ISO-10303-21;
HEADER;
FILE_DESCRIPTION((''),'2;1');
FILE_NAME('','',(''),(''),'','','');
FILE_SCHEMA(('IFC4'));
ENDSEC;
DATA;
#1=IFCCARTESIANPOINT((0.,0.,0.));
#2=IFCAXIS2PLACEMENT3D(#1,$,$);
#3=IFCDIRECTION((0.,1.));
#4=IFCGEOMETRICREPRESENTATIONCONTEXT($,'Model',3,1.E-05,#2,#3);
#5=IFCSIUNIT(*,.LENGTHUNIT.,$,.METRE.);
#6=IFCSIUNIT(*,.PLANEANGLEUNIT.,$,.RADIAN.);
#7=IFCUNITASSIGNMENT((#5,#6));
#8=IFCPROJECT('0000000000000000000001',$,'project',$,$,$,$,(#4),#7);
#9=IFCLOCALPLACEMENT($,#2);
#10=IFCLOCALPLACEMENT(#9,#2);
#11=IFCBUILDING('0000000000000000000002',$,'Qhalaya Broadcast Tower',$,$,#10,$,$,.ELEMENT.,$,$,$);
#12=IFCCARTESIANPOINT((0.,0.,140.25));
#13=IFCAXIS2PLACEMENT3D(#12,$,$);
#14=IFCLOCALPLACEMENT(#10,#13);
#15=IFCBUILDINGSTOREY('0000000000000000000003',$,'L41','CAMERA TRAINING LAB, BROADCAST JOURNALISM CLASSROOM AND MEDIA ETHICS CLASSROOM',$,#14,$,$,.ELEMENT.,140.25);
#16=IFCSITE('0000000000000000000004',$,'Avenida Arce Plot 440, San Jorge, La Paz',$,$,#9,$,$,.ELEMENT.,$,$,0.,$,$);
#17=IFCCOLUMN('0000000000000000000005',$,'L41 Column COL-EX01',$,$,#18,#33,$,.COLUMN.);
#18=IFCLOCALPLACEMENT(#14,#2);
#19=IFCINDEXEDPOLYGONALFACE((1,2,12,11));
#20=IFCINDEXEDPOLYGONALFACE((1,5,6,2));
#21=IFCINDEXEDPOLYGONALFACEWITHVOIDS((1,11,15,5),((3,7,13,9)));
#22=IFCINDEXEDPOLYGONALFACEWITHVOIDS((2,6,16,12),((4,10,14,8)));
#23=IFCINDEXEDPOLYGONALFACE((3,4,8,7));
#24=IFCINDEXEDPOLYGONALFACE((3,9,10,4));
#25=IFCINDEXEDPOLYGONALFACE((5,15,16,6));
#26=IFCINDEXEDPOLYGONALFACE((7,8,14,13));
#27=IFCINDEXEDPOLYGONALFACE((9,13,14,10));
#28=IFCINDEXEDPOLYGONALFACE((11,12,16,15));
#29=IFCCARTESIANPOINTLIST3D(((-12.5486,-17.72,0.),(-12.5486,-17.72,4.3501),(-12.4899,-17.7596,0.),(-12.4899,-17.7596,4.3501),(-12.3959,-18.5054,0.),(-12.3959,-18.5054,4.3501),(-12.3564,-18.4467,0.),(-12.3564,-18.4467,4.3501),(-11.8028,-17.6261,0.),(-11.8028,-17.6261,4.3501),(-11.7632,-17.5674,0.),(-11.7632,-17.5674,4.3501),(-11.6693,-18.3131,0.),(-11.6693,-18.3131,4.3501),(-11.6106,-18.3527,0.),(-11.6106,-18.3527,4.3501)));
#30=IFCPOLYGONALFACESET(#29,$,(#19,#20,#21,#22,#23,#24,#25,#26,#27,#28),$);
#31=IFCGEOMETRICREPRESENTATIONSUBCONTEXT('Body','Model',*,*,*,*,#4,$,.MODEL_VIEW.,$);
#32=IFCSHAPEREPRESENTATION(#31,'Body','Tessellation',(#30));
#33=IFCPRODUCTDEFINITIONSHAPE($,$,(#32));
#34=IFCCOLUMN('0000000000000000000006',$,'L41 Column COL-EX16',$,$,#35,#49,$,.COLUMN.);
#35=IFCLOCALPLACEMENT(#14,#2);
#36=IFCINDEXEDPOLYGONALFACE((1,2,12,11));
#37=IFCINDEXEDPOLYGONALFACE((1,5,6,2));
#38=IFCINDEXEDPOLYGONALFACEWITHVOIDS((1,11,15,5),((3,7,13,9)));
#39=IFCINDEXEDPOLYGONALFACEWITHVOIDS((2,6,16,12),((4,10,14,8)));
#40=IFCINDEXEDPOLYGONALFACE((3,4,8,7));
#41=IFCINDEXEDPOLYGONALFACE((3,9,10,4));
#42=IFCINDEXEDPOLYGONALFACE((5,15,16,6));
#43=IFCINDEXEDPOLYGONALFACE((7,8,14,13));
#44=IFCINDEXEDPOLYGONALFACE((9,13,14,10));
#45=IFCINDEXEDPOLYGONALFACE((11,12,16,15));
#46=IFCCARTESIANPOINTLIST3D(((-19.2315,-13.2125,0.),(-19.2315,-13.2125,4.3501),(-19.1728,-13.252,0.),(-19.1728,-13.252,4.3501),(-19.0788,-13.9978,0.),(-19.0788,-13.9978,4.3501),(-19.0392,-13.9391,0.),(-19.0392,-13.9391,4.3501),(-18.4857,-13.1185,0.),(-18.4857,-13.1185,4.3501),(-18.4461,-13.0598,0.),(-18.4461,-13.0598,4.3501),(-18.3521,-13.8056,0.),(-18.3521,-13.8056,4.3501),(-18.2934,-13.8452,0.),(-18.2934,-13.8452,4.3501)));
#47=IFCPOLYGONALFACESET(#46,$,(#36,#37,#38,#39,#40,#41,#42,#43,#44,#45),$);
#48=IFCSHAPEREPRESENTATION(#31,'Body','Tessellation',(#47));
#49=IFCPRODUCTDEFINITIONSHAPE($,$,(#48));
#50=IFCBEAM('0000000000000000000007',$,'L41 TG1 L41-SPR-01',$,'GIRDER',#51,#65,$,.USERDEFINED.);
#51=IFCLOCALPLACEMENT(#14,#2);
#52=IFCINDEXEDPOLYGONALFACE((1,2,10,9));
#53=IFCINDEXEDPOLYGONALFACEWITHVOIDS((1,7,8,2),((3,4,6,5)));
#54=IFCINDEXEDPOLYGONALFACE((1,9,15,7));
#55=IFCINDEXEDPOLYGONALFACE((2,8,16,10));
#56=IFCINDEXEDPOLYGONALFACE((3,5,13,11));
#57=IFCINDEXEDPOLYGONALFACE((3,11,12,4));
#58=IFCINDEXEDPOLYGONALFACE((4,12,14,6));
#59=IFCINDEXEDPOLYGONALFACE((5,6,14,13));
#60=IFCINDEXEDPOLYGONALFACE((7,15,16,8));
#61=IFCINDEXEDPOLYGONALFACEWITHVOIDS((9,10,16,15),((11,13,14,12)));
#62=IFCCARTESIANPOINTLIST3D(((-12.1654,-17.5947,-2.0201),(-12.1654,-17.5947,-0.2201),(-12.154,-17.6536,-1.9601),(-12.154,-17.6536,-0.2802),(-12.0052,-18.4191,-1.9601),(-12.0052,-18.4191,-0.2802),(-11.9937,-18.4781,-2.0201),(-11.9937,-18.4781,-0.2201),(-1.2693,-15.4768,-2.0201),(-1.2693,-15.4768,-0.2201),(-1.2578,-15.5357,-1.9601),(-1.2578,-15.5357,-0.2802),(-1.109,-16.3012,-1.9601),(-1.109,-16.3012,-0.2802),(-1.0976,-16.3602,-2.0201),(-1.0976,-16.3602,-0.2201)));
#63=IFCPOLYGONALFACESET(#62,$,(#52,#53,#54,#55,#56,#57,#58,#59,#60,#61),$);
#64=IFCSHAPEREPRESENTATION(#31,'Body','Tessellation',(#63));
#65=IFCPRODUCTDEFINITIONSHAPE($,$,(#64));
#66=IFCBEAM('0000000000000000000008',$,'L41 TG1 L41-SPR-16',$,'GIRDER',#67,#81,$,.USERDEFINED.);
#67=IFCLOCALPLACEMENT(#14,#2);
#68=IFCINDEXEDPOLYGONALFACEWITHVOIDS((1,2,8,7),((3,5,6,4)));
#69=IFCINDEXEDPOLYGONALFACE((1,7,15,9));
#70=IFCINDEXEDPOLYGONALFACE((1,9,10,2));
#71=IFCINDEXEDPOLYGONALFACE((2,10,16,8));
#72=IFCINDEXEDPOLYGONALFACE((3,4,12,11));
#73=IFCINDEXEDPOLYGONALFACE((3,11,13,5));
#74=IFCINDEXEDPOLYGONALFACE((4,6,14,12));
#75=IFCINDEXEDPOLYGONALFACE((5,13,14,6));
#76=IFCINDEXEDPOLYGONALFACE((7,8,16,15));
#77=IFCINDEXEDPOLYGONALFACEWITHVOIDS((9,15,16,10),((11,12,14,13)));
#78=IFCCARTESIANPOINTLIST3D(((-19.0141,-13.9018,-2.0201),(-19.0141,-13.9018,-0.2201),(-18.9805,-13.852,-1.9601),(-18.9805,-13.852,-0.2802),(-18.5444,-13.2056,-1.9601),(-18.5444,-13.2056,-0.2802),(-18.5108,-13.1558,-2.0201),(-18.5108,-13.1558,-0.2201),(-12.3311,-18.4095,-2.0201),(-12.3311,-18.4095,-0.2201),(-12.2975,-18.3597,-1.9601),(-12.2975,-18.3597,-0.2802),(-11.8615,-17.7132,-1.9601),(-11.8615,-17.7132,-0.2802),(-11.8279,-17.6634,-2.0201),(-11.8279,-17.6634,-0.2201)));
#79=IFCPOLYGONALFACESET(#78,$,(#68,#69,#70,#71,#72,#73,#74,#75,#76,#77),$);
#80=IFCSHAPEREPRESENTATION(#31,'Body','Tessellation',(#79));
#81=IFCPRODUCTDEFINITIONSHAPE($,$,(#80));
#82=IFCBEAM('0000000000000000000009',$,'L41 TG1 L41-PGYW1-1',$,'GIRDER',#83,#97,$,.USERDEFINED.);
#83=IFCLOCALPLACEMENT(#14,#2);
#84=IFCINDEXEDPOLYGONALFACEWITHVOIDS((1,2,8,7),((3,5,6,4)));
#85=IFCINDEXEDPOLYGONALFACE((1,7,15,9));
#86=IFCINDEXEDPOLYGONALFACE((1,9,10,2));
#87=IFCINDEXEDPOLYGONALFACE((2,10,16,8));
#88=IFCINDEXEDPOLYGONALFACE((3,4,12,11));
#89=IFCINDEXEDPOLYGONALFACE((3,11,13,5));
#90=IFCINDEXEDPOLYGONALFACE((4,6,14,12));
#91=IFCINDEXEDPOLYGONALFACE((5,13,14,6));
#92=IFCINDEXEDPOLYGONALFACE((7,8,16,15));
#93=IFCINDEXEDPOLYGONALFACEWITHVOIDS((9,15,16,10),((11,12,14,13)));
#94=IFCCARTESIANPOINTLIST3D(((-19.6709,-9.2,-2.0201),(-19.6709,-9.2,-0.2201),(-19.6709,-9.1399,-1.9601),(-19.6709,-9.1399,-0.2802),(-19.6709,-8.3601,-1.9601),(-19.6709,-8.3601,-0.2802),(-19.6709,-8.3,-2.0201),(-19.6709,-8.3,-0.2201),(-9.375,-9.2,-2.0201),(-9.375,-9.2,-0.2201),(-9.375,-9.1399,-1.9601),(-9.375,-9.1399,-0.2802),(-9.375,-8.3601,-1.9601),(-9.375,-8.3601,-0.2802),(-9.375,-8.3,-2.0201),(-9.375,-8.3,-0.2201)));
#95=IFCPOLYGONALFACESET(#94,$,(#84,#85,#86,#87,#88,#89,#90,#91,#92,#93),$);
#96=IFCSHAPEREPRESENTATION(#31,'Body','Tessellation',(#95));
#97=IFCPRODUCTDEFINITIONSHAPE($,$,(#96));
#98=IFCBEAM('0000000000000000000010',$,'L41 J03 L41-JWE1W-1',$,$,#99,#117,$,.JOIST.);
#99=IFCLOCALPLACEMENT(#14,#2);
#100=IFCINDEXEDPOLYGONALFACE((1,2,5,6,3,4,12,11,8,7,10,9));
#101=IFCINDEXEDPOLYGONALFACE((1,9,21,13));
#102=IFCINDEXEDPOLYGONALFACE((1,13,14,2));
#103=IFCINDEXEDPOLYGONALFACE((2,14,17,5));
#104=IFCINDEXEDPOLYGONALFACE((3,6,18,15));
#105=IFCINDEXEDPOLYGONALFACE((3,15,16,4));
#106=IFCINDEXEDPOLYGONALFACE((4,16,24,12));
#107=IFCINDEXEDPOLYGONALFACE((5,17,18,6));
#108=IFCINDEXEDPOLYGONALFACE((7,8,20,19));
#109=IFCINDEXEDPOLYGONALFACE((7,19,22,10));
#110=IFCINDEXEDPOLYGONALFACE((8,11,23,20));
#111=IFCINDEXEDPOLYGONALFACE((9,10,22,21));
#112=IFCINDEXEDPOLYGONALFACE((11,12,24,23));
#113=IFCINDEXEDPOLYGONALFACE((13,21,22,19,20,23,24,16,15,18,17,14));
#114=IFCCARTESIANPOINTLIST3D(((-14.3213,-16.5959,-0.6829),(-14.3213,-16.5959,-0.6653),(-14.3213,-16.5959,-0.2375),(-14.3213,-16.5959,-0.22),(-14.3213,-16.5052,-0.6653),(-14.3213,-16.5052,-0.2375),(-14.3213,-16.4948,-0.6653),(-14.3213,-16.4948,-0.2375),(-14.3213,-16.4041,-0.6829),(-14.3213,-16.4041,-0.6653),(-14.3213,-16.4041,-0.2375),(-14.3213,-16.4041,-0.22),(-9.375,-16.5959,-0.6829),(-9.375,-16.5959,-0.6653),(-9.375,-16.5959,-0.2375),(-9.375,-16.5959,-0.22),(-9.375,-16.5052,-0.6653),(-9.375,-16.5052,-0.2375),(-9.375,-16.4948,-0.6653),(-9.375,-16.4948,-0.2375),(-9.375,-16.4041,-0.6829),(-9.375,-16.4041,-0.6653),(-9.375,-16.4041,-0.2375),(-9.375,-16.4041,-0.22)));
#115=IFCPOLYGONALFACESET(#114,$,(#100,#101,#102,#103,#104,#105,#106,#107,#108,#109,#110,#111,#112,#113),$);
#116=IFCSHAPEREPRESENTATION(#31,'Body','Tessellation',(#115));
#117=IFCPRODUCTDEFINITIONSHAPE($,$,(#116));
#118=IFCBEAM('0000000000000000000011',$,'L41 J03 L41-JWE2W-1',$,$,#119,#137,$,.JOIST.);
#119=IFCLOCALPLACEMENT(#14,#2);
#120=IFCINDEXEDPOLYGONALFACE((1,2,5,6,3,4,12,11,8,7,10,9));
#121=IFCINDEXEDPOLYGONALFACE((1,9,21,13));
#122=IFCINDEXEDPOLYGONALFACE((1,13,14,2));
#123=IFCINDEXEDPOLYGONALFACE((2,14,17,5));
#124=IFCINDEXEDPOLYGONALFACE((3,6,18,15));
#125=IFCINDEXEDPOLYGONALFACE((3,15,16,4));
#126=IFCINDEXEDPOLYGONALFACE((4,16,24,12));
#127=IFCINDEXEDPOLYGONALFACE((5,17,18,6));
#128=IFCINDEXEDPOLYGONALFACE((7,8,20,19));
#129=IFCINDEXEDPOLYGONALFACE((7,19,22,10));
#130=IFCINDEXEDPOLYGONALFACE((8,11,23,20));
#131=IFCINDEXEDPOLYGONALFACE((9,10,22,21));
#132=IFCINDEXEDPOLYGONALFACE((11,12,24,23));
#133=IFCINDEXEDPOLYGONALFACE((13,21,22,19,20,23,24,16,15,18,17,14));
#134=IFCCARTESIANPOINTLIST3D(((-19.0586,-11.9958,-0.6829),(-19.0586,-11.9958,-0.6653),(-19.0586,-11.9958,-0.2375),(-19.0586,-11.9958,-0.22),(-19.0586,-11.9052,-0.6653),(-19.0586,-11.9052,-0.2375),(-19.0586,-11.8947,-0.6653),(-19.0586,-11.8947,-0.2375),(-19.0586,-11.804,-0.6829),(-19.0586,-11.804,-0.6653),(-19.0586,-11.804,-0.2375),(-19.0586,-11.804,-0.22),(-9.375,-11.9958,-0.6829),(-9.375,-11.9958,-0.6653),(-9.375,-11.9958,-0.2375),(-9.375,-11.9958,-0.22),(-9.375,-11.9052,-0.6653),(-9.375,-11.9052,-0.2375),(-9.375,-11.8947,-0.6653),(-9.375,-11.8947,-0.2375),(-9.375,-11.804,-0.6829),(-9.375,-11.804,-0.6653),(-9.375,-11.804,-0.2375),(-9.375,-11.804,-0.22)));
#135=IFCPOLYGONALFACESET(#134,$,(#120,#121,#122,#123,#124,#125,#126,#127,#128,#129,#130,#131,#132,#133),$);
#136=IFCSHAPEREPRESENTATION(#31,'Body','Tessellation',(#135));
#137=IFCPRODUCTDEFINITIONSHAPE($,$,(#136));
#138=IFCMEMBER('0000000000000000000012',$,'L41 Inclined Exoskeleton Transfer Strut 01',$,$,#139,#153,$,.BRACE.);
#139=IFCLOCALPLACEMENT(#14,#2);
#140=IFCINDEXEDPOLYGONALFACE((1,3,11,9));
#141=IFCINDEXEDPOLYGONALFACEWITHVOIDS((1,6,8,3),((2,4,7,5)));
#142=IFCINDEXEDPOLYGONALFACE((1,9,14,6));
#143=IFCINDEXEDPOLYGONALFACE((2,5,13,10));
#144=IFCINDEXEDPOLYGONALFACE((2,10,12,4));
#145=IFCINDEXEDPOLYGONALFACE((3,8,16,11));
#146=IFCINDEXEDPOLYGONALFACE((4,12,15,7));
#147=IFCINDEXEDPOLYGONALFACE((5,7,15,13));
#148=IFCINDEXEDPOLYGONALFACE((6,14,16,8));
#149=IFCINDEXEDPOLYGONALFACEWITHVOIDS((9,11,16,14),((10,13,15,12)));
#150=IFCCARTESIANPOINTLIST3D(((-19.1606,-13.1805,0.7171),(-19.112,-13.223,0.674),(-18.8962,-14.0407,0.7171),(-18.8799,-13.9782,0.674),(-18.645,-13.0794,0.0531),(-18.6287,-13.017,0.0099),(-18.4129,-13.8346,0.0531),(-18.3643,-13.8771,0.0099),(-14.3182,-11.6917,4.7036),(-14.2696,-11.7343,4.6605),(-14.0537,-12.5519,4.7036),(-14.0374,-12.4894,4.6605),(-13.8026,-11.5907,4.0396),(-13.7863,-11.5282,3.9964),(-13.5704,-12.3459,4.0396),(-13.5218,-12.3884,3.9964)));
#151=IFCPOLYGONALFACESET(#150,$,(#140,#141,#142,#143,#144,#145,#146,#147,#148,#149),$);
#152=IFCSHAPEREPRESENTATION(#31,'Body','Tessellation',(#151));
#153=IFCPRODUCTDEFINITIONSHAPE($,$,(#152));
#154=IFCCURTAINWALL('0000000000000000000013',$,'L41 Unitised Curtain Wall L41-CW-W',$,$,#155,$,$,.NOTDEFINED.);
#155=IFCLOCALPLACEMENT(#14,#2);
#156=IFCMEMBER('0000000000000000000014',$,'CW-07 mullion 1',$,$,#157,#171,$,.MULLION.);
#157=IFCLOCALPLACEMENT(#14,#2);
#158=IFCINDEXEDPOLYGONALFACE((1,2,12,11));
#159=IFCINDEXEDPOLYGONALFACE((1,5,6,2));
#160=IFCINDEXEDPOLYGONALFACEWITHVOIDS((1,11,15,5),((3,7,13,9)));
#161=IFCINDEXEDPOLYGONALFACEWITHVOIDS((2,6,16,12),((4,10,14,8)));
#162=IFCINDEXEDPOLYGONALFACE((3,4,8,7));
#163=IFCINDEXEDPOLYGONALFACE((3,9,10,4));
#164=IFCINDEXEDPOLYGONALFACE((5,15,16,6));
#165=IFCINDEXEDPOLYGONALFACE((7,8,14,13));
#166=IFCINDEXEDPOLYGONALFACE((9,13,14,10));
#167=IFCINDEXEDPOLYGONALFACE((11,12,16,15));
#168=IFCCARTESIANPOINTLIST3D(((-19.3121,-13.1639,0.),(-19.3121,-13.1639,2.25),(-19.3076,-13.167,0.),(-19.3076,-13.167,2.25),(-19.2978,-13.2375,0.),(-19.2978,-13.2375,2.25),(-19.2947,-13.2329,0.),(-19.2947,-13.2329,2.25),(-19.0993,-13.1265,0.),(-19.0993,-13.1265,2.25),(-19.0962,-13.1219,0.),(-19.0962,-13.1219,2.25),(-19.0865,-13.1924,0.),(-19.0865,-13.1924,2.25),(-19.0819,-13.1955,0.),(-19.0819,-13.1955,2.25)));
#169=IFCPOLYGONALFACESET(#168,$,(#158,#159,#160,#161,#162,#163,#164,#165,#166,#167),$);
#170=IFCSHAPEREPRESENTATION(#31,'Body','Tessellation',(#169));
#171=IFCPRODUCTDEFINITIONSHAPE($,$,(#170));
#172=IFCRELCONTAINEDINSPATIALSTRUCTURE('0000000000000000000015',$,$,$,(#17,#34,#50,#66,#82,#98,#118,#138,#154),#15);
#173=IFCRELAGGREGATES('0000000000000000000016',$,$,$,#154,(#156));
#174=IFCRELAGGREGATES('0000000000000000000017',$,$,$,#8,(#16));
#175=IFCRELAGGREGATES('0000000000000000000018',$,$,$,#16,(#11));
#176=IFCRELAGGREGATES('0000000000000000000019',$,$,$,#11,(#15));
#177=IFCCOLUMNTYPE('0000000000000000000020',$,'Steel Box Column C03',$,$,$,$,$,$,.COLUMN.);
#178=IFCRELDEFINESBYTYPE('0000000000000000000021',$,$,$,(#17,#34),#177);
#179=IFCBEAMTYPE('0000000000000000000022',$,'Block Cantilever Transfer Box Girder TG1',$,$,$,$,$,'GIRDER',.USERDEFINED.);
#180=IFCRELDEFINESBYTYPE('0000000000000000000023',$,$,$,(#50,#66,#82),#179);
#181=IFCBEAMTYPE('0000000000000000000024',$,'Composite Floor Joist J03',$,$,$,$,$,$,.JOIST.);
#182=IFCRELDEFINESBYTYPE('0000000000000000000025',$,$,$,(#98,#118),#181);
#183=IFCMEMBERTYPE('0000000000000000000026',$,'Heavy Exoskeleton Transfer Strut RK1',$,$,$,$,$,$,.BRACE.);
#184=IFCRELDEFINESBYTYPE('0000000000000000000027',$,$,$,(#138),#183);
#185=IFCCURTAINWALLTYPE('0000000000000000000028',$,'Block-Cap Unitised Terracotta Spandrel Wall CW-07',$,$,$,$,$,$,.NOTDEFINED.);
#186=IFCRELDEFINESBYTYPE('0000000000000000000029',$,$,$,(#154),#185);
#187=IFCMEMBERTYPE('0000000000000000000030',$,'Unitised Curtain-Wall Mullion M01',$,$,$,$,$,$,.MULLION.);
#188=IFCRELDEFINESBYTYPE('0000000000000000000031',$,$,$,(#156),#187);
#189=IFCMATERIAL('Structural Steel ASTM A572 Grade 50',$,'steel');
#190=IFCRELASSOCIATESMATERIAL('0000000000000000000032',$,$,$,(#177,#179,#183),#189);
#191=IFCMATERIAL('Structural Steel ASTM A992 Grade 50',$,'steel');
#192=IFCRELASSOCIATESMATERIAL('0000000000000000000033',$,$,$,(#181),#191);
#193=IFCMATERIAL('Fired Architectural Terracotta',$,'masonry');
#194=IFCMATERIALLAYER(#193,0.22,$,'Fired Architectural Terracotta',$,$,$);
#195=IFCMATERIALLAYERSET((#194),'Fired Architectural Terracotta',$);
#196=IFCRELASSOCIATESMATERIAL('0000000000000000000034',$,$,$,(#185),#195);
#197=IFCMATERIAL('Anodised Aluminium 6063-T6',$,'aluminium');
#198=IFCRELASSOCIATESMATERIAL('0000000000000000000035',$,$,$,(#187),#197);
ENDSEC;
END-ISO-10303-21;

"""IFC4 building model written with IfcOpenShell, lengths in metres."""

from ifc_helpers import new_model, si_unit, direction, frame, origin, origin_2d, place, context, subcontext, project, spatial, hollow_rectangle, i_section, extrude, material, layer, layer_set, material_profile, profile_set, type_object, element, aggregate, save


model = new_model("IFC4")

# Units and contexts
model_context = context("Model", 3, precision=1e-05, world=origin(), true_north=direction((0.0, 1.0)))
body_context = subcontext(model_context, "Body", "Model", "MODEL_VIEW")
ifc_project = project(units=[si_unit("LENGTHUNIT", "METRE"), si_unit("PLANEANGLEUNIT", "RADIAN")], contexts=[model_context])

# Site, building, storey
site_placement = place(None, origin())
site = spatial("IfcSite", under=ifc_project, at=site_placement, Name="Avenida Arce Plot 440, San Jorge, La Paz", CompositionType="ELEMENT", RefElevation=0.0)
building_placement = place(site_placement, origin())
building = spatial("IfcBuilding", under=site, at=building_placement, Name="Qhalaya Broadcast Tower", CompositionType="ELEMENT")
storey_placement = place(building_placement, frame((0.0, 0.0, 140.25)))
storey = spatial("IfcBuildingStorey", under=building, at=storey_placement, Name="L41", Description="CAMERA TRAINING LAB, BROADCAST JOURNALISM CLASSROOM AND MEDIA ETHICS CLASSROOM", CompositionType="ELEMENT", Elevation=140.25)

# Columns
ifc_material_1 = material(Name="Structural Steel ASTM A572 Grade 50", Category="steel")
ifc_material_profile_1 = material_profile(ifc_material_1, hollow_rectangle(XDim=0.8, YDim=0.8, WallThickness=0.05, at=origin_2d()), Name="BOX 800x800x50")
ifc_profile_set_1 = profile_set([ifc_material_profile_1], Name="Structural Steel ASTM A572 Grade 50")
column_type = type_object("IfcColumnType", Name="Steel Box Column C03", PredefinedType="COLUMN", material=ifc_profile_set_1)
for number, where, z_axis, x_axis, name in (
    (1, (-12.0796, -18.0364, 0.0), (0.0, 0.0, 1.0), (0.981627, 0.190809, 0.0), "L41 Column COL-EX01"),
    (2, (-18.7625, -13.5288, 0.0), (0.0, 0.0, 1.0), (-0.190809, 0.981627, 0.0), "L41 Column COL-EX16"),
):
    element("IfcColumn", number, at=place(storey_placement, frame(where, z_axis=z_axis, x_axis=x_axis)), inside=storey, type_object=column_type, Name=name, PredefinedType="COLUMN", context=body_context, shape_type="SweptSolid", body=[
        extrude(hollow_rectangle(XDim=0.8, YDim=0.8, WallThickness=0.05, at=origin_2d()), origin(), (0.0, 0.0, 1.0), 4.3501),
    ])

# Beams
ifc_material_profile_2 = material_profile(ifc_material_1, hollow_rectangle(XDim=0.8999, YDim=1.8, WallThickness=0.0601, at=origin_2d()), Name="BOX 900x1800x60")
ifc_profile_set_2 = profile_set([ifc_material_profile_2], Name="Structural Steel ASTM A572 Grade 50")
beam_type_1 = type_object("IfcBeamType", Name="Block Cantilever Transfer Box Girder TG1", ElementType="GIRDER", PredefinedType="USERDEFINED", material=ifc_profile_set_2)
beam_1_placement = place(storey_placement, frame((-12.0796, -18.0364, -1.1201), z_axis=(0.981629, 0.190801, 0.0), x_axis=(-0.190801, 0.981629, 0.0)))
element("IfcBeam", 3, at=beam_1_placement, inside=storey, type_object=beam_type_1, Name="L41 TG1 L41-SPR-01", ObjectType="GIRDER", PredefinedType="USERDEFINED", context=body_context, shape_type="SweptSolid", body=[
    extrude(hollow_rectangle(XDim=0.8999, YDim=1.8, WallThickness=0.0601, at=origin_2d()), origin(), (0.0, 0.0, 1.0), 11.1001),
])
beam_2_placement = place(storey_placement, frame((-18.7625, -13.5288, -1.1201), z_axis=(0.829042, -0.559186, 0.0), x_axis=(0.559186, 0.829042, 0.0)))
element("IfcBeam", 4, at=beam_2_placement, inside=storey, type_object=beam_type_1, Name="L41 TG1 L41-SPR-16", ObjectType="GIRDER", PredefinedType="USERDEFINED", context=body_context, shape_type="SweptSolid", body=[
    extrude(hollow_rectangle(XDim=0.8999, YDim=1.8, WallThickness=0.0601, at=origin_2d()), origin(), (0.0, 0.0, 1.0), 8.061),
])
beam_3_placement = place(storey_placement, frame((-19.6709, -8.75, -1.1201), z_axis=(1.0, 0.0, 0.0), x_axis=(0.0, 1.0, 0.0)))
element("IfcBeam", 5, at=beam_3_placement, inside=storey, type_object=beam_type_1, Name="L41 TG1 L41-PGYW1-1", ObjectType="GIRDER", PredefinedType="USERDEFINED", context=body_context, shape_type="SweptSolid", body=[
    extrude(hollow_rectangle(XDim=0.8999, YDim=1.8, WallThickness=0.0601, at=origin_2d()), origin(), (0.0, 0.0, 1.0), 10.2959),
])
ifc_material_2 = material(Name="Structural Steel ASTM A992 Grade 50", Category="steel")
ifc_material_profile_3 = material_profile(ifc_material_2, i_section(OverallWidth=0.1919, OverallDepth=0.4629, WebThickness=0.0105, FlangeThickness=0.0176, at=origin_2d()), Name="W18X60")
ifc_profile_set_3 = profile_set([ifc_material_profile_3], Name="Structural Steel ASTM A992 Grade 50")
beam_type_2 = type_object("IfcBeamType", Name="Composite Floor Joist J03", PredefinedType="JOIST", material=ifc_profile_set_3)
beam_4_placement = place(storey_placement, frame((-14.3213, -16.5, -0.4514), z_axis=(1.0, 0.0, 0.0), x_axis=(0.0, 1.0, 0.0)))
element("IfcBeam", 6, at=beam_4_placement, inside=storey, type_object=beam_type_2, Name="L41 J03 L41-JWE1W-1", PredefinedType="JOIST", context=body_context, shape_type="SweptSolid", body=[
    extrude(i_section(OverallWidth=0.1919, OverallDepth=0.4629, WebThickness=0.0105, FlangeThickness=0.0176, at=origin_2d()), origin(), (0.0, 0.0, 1.0), 4.9463),
])
beam_5_placement = place(storey_placement, frame((-19.0586, -11.8999, -0.4514), z_axis=(1.0, 0.0, 0.0), x_axis=(0.0, 1.0, 0.0)))
element("IfcBeam", 7, at=beam_5_placement, inside=storey, type_object=beam_type_2, Name="L41 J03 L41-JWE2W-1", PredefinedType="JOIST", context=body_context, shape_type="SweptSolid", body=[
    extrude(i_section(OverallWidth=0.1919, OverallDepth=0.4629, WebThickness=0.0105, FlangeThickness=0.0176, at=origin_2d()), origin(), (0.0, 0.0, 1.0), 9.6836),
])

# Member
ifc_material_profile_4 = material_profile(ifc_material_1, hollow_rectangle(XDim=0.8999, YDim=0.8999, WallThickness=0.0549, at=origin_2d()), Name="BOX 900x900x55")
ifc_profile_set_4 = profile_set([ifc_material_profile_4], Name="Structural Steel ASTM A572 Grade 50")
member_type_1 = type_object("IfcMemberType", Name="Heavy Exoskeleton Transfer Strut RK1", PredefinedType="BRACE", material=ifc_profile_set_4)
member_1_placement = place(storey_placement, frame((-18.7625, -13.5288, 0.3635), z_axis=(0.75117, 0.230937, 0.618394), x_axis=(-0.293862, 0.955848, 0.0)))
element("IfcMember", 8, at=member_1_placement, inside=storey, type_object=member_type_1, Name="L41 Inclined Exoskeleton Transfer Strut 01", PredefinedType="BRACE", context=body_context, shape_type="SweptSolid", body=[
    extrude(hollow_rectangle(XDim=0.8999, YDim=0.8999, WallThickness=0.0549, at=origin_2d()), origin(), (0.0, 0.0, 1.0), 6.4465),
])

# Curtain wall, member
ifc_material_3 = material(Name="Fired Architectural Terracotta", Category="masonry")
ifc_layer_1 = layer(ifc_material_3, 0.22, Name="Fired Architectural Terracotta")
ifc_layer_set_1 = layer_set([ifc_layer_1], Name="Fired Architectural Terracotta")
curtain_wall_type = type_object("IfcCurtainWallType", Name="Block-Cap Unitised Terracotta Spandrel Wall CW-07", PredefinedType="NOTDEFINED", material=ifc_layer_set_1)
curtain_wall_placement = place(storey_placement, origin())
curtain_wall = element("IfcCurtainWall", 9, at=curtain_wall_placement, inside=storey, type_object=curtain_wall_type, Name="L41 Unitised Curtain Wall L41-CW-W", PredefinedType="NOTDEFINED")
ifc_material_4 = material(Name="Anodised Aluminium 6063-T6", Category="aluminium")
ifc_material_profile_5 = material_profile(ifc_material_4, hollow_rectangle(XDim=0.075, YDim=0.22, WallThickness=0.0039, at=origin_2d()), Name="ALU-MUL 75x220x4")
ifc_profile_set_5 = profile_set([ifc_material_profile_5], Name="Anodised Aluminium 6063-T6")
member_type_2 = type_object("IfcMemberType", Name="Unitised Curtain-Wall Mullion M01", PredefinedType="MULLION", material=ifc_profile_set_5)
member_2_placement = place(storey_placement, frame((-19.197, -13.1797, 0.0), z_axis=(0.0, 0.0, 1.0), x_axis=(-0.19081, 0.981627, 0.0)))
member_2 = element("IfcMember", 10, at=member_2_placement, type_object=member_type_2, Name="CW-07 mullion 1", PredefinedType="MULLION", context=body_context, shape_type="SweptSolid", body=[
    extrude(hollow_rectangle(XDim=0.075, YDim=0.22, WallThickness=0.0039, at=origin_2d()), origin(), (0.0, 0.0, 1.0), 2.25),
])

aggregate(curtain_wall, [member_2])

save(model, "model.ifc")
